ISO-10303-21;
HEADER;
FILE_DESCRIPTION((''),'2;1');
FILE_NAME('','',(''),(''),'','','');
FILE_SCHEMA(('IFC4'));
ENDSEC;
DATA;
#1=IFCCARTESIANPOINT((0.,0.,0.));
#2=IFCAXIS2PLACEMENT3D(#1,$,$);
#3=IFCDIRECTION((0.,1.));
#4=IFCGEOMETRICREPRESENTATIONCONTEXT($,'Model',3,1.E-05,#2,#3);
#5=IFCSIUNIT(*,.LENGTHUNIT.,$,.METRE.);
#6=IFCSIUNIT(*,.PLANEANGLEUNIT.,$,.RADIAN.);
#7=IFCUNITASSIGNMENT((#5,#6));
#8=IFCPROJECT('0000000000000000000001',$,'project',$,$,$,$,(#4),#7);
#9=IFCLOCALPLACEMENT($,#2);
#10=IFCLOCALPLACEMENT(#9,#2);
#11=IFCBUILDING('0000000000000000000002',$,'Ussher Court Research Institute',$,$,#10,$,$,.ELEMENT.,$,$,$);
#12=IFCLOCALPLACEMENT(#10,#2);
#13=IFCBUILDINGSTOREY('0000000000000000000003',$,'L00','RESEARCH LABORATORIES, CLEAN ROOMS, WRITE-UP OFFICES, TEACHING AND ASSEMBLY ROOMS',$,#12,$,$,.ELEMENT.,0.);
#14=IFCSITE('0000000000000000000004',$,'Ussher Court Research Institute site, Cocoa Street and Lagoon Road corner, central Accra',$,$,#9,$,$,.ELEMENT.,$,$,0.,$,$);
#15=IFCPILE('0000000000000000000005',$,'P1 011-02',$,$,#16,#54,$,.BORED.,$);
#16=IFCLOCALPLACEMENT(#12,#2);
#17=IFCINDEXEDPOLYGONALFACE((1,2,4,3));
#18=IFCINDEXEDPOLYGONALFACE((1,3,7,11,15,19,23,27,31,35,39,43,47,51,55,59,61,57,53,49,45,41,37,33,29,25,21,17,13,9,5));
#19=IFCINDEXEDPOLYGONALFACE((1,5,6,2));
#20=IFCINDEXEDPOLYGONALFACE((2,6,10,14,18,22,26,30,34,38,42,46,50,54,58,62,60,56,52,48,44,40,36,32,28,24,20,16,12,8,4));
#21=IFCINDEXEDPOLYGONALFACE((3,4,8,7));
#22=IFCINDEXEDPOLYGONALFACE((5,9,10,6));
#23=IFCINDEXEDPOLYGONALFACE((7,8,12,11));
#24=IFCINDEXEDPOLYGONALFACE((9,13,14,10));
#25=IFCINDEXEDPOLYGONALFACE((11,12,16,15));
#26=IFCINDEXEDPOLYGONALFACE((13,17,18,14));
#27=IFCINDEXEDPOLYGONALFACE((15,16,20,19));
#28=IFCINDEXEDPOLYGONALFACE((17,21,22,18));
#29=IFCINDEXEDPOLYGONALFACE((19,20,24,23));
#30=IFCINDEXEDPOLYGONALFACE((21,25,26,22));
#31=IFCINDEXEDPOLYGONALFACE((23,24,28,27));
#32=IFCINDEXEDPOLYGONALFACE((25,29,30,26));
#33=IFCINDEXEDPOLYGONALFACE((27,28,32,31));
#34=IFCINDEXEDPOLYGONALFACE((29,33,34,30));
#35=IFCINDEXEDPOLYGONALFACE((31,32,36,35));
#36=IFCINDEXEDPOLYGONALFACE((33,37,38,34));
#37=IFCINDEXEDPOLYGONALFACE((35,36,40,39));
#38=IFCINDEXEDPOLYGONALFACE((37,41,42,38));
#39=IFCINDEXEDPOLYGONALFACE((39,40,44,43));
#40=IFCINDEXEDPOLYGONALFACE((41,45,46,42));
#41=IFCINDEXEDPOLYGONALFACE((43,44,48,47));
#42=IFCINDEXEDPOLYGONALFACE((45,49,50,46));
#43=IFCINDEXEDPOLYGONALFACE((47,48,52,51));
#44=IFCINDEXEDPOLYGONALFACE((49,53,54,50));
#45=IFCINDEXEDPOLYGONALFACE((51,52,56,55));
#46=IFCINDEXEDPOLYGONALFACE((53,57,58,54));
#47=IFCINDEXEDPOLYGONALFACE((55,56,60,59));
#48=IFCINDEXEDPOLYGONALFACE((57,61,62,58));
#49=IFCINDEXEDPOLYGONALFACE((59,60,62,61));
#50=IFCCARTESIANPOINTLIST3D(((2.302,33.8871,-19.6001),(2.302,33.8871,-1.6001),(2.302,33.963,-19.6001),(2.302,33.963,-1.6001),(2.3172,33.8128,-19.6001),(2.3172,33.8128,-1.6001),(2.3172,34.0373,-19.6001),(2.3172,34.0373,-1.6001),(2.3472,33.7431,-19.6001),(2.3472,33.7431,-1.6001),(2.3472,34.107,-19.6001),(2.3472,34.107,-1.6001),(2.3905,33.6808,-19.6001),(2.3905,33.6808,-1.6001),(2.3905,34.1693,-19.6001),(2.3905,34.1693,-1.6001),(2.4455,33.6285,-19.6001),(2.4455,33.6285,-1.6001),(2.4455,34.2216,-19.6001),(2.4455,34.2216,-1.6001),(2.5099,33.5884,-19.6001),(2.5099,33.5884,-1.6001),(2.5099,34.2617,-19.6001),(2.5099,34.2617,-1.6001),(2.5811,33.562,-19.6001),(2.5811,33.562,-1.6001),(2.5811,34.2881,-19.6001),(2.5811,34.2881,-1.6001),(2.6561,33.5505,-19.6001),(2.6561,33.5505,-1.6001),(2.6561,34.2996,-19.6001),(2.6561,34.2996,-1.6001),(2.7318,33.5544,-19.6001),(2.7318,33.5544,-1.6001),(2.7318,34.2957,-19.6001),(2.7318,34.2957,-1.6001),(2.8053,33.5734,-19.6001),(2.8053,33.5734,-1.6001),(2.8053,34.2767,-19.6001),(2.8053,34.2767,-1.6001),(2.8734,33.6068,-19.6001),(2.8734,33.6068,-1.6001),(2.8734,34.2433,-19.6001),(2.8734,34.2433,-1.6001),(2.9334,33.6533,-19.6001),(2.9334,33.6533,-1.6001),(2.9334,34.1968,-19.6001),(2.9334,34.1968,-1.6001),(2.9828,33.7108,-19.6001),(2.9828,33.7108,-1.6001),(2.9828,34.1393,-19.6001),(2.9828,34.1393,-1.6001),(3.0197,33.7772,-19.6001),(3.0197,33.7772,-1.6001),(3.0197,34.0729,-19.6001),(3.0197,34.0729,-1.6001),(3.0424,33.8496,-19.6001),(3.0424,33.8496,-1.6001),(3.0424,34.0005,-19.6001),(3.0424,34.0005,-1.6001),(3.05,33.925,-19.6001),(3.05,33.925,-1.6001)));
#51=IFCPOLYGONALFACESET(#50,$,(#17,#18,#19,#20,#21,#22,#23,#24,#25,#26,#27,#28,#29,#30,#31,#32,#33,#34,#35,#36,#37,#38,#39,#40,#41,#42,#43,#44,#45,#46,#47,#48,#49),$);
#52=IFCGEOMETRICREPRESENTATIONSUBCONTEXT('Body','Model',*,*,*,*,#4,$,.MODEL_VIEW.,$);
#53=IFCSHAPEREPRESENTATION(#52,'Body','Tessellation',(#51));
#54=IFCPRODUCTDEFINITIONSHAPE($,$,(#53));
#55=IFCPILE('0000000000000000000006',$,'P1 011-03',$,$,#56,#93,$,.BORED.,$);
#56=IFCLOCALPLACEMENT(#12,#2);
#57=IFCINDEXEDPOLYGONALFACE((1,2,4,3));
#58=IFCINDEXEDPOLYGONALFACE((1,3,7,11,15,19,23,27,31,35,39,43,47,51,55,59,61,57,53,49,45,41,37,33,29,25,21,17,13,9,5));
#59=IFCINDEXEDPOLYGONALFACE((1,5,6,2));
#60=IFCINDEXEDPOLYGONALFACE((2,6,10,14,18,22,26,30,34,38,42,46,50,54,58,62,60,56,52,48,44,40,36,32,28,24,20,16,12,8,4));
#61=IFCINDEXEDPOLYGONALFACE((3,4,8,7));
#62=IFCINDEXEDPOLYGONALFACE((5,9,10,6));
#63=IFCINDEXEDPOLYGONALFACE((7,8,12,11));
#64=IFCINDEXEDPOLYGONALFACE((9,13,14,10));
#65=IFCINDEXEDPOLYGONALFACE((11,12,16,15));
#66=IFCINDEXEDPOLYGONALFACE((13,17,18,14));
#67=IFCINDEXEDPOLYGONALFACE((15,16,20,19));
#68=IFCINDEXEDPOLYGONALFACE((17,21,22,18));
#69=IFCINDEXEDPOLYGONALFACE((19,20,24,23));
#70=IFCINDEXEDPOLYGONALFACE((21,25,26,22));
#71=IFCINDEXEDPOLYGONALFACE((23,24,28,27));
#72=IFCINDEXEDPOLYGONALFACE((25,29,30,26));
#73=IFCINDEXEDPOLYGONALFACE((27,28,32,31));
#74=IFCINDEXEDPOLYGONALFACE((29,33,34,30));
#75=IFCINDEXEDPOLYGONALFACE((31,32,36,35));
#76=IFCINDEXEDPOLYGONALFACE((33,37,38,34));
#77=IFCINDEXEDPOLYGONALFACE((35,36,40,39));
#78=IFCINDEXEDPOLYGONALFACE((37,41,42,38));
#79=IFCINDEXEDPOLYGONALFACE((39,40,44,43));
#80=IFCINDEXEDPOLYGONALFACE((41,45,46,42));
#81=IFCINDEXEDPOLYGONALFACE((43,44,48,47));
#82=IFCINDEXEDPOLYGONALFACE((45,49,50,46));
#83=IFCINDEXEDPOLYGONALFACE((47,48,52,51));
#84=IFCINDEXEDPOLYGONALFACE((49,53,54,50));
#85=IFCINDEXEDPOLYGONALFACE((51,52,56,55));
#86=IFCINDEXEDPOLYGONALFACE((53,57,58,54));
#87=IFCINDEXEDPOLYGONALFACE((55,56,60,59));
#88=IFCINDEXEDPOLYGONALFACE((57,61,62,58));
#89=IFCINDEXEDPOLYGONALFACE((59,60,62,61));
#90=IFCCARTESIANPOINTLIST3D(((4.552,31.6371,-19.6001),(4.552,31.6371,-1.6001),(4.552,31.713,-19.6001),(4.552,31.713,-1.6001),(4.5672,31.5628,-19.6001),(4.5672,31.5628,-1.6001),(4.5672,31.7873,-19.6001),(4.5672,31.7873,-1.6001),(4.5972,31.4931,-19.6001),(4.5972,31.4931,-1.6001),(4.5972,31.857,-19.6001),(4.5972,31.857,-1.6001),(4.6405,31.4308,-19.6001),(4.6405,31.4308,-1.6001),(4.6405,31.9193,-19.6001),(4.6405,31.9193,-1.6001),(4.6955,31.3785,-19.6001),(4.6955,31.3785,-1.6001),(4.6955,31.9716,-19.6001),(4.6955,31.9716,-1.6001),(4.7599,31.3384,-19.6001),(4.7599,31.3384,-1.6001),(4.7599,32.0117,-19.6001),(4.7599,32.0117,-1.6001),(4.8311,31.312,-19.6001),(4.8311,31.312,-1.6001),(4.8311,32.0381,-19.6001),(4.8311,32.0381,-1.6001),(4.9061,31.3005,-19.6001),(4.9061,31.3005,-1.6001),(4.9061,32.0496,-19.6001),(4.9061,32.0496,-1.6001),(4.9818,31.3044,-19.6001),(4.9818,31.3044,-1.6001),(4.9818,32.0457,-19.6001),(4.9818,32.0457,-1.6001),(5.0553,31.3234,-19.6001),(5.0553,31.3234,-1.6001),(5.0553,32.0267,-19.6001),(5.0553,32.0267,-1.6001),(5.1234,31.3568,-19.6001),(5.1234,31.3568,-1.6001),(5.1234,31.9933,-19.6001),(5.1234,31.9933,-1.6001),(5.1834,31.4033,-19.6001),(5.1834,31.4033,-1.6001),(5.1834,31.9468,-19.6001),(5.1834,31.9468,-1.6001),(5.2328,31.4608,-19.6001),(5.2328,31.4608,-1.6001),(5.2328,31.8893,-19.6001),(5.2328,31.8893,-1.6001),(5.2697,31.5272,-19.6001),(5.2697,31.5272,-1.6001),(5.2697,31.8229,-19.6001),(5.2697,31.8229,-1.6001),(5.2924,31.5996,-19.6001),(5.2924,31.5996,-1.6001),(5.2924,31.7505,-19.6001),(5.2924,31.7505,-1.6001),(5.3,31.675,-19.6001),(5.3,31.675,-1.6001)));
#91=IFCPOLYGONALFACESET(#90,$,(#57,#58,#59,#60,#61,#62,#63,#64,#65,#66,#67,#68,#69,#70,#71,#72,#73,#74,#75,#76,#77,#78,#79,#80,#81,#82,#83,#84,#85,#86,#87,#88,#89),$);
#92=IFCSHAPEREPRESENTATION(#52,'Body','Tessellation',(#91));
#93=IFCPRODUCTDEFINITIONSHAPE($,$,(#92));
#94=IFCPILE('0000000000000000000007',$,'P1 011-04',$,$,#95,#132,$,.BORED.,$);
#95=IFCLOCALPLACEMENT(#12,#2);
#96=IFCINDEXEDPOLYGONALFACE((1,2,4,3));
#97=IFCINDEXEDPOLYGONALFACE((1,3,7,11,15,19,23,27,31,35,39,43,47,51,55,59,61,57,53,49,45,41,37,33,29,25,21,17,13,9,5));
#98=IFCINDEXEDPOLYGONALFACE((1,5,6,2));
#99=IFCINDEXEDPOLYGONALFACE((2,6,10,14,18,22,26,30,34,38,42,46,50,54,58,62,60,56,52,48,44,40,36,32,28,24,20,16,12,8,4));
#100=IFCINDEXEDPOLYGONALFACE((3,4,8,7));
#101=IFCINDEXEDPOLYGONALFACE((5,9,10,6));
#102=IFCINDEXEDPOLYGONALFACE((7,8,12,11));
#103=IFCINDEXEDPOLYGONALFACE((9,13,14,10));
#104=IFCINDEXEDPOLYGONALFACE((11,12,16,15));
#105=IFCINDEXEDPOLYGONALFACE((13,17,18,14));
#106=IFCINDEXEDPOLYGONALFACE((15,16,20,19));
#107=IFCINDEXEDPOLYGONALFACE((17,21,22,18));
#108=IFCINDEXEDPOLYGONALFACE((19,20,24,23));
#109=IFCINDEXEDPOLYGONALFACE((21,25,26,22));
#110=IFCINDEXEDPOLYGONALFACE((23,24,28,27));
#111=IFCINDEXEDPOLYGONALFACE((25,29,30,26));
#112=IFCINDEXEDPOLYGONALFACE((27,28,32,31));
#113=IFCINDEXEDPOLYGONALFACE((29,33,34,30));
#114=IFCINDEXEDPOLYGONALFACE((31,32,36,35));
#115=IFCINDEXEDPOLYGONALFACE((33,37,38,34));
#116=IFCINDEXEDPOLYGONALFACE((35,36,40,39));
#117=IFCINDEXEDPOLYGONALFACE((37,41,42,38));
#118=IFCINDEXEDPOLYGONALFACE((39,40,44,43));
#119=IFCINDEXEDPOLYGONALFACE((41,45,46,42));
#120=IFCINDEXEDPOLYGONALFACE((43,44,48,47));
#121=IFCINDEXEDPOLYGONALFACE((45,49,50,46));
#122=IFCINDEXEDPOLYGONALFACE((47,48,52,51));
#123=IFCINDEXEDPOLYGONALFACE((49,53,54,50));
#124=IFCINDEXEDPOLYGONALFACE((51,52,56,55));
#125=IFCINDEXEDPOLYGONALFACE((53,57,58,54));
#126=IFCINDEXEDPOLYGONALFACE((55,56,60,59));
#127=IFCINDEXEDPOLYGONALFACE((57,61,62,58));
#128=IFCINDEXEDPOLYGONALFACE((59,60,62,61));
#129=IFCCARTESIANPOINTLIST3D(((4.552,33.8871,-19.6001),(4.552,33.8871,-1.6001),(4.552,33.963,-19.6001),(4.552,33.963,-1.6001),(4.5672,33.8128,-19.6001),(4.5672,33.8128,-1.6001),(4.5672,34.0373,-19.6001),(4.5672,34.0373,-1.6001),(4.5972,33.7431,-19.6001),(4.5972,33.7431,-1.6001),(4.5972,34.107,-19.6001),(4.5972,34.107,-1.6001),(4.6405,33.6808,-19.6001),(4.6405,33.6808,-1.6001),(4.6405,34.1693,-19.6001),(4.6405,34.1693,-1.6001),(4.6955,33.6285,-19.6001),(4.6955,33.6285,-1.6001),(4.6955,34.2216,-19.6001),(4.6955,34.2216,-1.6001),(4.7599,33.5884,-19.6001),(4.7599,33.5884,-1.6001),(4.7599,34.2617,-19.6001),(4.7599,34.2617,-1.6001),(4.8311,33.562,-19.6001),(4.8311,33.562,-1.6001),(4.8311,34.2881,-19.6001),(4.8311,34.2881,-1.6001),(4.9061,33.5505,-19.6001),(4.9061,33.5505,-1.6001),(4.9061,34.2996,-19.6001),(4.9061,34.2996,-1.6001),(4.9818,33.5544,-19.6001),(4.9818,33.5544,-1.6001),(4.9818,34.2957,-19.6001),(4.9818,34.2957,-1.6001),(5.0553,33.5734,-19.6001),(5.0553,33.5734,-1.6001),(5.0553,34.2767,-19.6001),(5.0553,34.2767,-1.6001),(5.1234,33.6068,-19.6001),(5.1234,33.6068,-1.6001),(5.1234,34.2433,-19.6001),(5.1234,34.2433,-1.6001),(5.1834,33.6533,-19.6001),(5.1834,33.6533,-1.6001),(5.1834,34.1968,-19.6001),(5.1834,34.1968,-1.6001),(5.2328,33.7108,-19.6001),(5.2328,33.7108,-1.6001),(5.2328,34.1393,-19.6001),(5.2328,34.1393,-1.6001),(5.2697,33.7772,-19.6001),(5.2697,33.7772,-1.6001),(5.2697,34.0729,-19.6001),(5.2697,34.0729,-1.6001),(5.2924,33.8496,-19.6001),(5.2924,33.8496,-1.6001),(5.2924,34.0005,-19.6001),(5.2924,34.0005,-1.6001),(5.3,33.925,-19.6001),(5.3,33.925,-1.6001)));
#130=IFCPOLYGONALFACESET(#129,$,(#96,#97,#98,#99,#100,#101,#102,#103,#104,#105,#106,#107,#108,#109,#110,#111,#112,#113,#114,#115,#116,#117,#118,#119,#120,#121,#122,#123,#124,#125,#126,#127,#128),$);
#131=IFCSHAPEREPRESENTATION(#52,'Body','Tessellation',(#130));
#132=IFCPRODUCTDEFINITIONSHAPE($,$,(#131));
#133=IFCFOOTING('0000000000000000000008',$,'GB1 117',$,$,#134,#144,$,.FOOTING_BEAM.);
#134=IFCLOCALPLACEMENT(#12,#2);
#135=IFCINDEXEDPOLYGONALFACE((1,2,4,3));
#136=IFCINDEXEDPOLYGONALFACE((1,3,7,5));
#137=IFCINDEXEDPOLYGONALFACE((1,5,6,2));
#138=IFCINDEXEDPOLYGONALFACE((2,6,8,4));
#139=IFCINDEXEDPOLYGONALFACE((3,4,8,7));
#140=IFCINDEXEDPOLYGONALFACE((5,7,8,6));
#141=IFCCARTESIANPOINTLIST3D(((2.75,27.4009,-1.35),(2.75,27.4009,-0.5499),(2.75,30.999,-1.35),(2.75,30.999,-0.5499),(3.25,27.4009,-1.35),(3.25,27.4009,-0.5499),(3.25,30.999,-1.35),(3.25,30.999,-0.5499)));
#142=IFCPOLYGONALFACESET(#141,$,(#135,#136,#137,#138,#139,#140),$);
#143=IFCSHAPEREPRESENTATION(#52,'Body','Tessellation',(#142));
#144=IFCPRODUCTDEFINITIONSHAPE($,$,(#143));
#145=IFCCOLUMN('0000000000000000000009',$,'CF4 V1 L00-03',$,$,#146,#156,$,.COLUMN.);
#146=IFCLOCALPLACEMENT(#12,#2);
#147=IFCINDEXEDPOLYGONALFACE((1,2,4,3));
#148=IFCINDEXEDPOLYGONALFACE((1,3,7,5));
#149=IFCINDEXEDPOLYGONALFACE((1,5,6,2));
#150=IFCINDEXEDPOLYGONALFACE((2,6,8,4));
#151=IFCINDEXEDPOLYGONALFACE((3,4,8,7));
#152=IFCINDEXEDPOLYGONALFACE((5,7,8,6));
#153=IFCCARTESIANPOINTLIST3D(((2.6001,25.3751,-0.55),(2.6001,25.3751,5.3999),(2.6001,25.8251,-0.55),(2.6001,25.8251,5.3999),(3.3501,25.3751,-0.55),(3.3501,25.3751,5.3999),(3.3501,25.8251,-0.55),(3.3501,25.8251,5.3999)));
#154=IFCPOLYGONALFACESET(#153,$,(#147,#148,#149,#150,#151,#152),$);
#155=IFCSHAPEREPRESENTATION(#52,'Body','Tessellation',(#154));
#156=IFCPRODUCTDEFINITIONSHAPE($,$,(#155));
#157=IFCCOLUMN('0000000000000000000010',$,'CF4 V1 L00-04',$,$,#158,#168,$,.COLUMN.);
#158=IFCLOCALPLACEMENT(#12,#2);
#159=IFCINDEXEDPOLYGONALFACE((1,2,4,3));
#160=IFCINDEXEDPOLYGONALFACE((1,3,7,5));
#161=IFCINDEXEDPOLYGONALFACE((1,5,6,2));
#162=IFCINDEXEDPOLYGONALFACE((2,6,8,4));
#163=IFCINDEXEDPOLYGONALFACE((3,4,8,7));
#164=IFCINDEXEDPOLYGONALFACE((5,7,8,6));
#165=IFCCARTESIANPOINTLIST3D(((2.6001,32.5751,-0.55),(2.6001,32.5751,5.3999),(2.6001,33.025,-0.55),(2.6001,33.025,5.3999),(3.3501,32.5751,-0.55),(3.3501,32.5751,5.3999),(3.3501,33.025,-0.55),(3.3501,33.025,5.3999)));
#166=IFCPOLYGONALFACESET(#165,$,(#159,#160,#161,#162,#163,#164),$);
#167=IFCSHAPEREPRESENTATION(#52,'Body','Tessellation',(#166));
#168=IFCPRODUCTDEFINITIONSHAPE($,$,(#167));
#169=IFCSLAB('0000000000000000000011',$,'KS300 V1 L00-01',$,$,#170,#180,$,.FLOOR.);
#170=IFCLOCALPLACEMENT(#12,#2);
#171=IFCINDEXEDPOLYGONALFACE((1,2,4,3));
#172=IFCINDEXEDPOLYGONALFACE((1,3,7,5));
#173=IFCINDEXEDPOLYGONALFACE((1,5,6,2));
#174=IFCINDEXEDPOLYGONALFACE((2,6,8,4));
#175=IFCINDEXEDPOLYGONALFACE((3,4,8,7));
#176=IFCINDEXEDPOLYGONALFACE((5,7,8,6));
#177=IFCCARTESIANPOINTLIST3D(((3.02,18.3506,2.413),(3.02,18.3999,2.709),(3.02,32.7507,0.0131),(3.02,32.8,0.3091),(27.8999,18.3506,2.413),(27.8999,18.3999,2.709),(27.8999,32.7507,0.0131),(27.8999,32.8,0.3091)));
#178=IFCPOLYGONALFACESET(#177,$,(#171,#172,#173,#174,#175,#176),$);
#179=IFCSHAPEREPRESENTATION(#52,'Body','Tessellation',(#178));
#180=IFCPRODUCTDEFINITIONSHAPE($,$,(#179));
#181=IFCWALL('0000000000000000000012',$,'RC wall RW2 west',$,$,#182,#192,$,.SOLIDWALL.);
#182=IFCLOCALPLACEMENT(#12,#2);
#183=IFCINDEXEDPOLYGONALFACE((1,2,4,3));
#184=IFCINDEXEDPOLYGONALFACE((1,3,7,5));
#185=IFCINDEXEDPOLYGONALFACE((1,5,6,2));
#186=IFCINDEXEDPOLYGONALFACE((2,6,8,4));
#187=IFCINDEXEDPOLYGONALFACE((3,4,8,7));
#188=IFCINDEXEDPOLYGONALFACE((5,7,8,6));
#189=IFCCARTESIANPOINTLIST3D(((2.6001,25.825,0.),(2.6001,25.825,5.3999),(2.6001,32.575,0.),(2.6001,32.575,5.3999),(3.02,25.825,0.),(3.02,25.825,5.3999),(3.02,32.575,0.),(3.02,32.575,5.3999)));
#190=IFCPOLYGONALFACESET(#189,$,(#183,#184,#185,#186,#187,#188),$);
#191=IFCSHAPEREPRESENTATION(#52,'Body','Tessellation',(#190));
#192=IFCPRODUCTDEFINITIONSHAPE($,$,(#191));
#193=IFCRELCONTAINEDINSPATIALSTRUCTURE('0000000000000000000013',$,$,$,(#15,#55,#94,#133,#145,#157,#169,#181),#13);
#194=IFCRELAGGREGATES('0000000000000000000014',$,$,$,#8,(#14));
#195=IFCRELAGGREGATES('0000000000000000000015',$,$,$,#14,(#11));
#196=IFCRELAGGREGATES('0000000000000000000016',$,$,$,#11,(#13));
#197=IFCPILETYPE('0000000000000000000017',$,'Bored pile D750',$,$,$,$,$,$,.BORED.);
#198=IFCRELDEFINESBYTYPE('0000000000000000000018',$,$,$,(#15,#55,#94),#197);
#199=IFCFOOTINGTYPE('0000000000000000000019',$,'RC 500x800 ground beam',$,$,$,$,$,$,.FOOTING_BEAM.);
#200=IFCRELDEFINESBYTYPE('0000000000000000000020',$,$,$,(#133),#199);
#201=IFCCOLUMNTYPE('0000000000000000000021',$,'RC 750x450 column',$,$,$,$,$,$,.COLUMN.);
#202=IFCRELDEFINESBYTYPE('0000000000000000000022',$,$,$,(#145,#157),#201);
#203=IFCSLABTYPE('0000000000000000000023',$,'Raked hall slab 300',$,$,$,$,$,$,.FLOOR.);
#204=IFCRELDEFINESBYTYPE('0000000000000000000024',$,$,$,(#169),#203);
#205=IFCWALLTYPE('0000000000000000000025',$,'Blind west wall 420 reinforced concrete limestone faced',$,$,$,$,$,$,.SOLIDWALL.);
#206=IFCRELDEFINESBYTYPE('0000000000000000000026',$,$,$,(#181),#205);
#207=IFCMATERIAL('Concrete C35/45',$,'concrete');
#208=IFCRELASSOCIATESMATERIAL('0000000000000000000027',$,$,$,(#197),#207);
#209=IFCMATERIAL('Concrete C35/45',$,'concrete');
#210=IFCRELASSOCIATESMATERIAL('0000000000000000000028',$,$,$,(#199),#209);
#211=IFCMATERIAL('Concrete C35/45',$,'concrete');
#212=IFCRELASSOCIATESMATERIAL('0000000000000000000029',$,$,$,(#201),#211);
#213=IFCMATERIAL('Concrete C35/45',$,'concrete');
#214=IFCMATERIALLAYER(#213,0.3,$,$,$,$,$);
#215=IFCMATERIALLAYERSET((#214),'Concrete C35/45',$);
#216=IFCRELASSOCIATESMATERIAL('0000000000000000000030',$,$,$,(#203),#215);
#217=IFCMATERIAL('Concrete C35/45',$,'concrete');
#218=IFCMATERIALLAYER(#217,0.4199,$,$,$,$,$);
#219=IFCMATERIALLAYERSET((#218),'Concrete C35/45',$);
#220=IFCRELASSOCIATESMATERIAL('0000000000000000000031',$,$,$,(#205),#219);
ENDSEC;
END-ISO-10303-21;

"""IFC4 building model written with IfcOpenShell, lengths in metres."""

from ifc_helpers import new_model, si_unit, direction, frame, frame_2d, origin, origin_2d, place, context, subcontext, project, spatial, polyline, rectangle, circle, outline, extrude, material, layer, layer_set, material_profile, profile_set, type_object, element, save


model = new_model("IFC4")

# Units and contexts
model_context = context("Model", 3, precision=1e-05, world=origin(), true_north=direction((0.0, 1.0)))
body_context = subcontext(model_context, "Body", "Model", "MODEL_VIEW")
ifc_project = project(units=[si_unit("LENGTHUNIT", "METRE"), si_unit("PLANEANGLEUNIT", "RADIAN")], contexts=[model_context])

# Site, building, storey
site_placement = place(None, origin())
site = spatial("IfcSite", under=ifc_project, at=site_placement, Name="Ussher Court Research Institute site, Cocoa Street and Lagoon Road corner, central Accra", CompositionType="ELEMENT", RefElevation=0.0)
building_placement = place(site_placement, origin())
building = spatial("IfcBuilding", under=site, at=building_placement, Name="Ussher Court Research Institute", CompositionType="ELEMENT")
storey_placement = place(building_placement, origin())
storey = spatial("IfcBuildingStorey", under=building, at=storey_placement, Name="L00", Description="RESEARCH LABORATORIES, CLEAN ROOMS, WRITE-UP OFFICES, TEACHING AND ASSEMBLY ROOMS", CompositionType="ELEMENT", Elevation=0.0)

# Piles
ifc_material_1 = material(Name="Concrete C35/45", Category="concrete")
ifc_material_profile_1 = material_profile(ifc_material_1, circle(Radius=0.375, at=origin_2d()), Name="RC D750")
ifc_profile_set_1 = profile_set([ifc_material_profile_1], Name="Concrete C35/45")
pile_type = type_object("IfcPileType", Name="Bored pile D750", PredefinedType="BORED", material=ifc_profile_set_1)
for number, where, z_axis, x_axis, name in (
    (1, (2.675, 33.925, -1.6001), (0.0, 0.0, -1.0), (1.0, 0.0, 0.0), "P1 011-02"),
    (2, (4.925, 31.675, -1.6001), (0.0, 0.0, -1.0), (1.0, 0.0, 0.0), "P1 011-03"),
    (3, (4.925, 33.925, -1.6001), (0.0, 0.0, -1.0), (1.0, 0.0, 0.0), "P1 011-04"),
):
    element("IfcPile", number, at=place(storey_placement, frame(where, z_axis=z_axis, x_axis=x_axis)), inside=storey, type_object=pile_type, Name=name, PredefinedType="BORED", context=body_context, shape_type="SweptSolid", body=[
        extrude(circle(Radius=0.375, at=origin_2d()), origin(), (0.0, 0.0, 1.0), 18.0),
    ])

# Footing
ifc_material_2 = material(Name="Concrete C35/45", Category="concrete")
ifc_material_profile_2 = material_profile(ifc_material_2, rectangle(XDim=0.5, YDim=0.8, at=origin_2d()), Name="RC 500x800")
ifc_profile_set_2 = profile_set([ifc_material_profile_2], Name="Concrete C35/45")
footing_type = type_object("IfcFootingType", Name="RC 500x800 ground beam", PredefinedType="FOOTING_BEAM", material=ifc_profile_set_2)
footing_placement = place(storey_placement, frame((3.0, 27.4009, -0.95), z_axis=(0.0, 1.0, 0.0), x_axis=(-1.0, 0.0, 0.0)))
element("IfcFooting", 4, at=footing_placement, inside=storey, type_object=footing_type, Name="GB1 117", PredefinedType="FOOTING_BEAM", context=body_context, shape_type="SweptSolid", body=[
    extrude(rectangle(XDim=0.5, YDim=0.8, at=origin_2d()), origin(), (0.0, 0.0, 1.0), 3.5981),
])

# Columns
ifc_material_3 = material(Name="Concrete C35/45", Category="concrete")
ifc_material_profile_3 = material_profile(ifc_material_3, rectangle(XDim=0.75, YDim=0.45, at=origin_2d()), Name="RC 750x450")
ifc_profile_set_3 = profile_set([ifc_material_profile_3], Name="Concrete C35/45")
column_type = type_object("IfcColumnType", Name="RC 750x450 column", PredefinedType="COLUMN", material=ifc_profile_set_3)
for number, where, z_axis, x_axis, name in (
    (5, (2.9751, 25.6001, -0.55), (0.0, 0.0, 1.0), (1.0, 0.0, 0.0), "CF4 V1 L00-03"),
    (6, (2.9751, 32.8, -0.55), (0.0, 0.0, 1.0), (1.0, 0.0, 0.0), "CF4 V1 L00-04"),
):
    element("IfcColumn", number, at=place(storey_placement, frame(where, z_axis=z_axis, x_axis=x_axis)), inside=storey, type_object=column_type, Name=name, PredefinedType="COLUMN", context=body_context, shape_type="SweptSolid", body=[
        extrude(rectangle(XDim=0.75, YDim=0.45, at=origin_2d()), origin(), (0.0, 0.0, 1.0), 5.95),
    ])

# Slab
ifc_material_4 = material(Name="Concrete C35/45", Category="concrete")
ifc_layer_1 = layer(ifc_material_4, 0.3)
ifc_layer_set_1 = layer_set([ifc_layer_1], Name="Concrete C35/45")
slab_type = type_object("IfcSlabType", Name="Raked hall slab 300", PredefinedType="FLOOR", material=ifc_layer_set_1)
slab_placement = place(storey_placement, frame((3.02, 32.8, 0.3091), z_axis=(0.0, 0.164391, 0.986395), x_axis=(1.0, 0.0, 0.0)))
element("IfcSlab", 7, at=slab_placement, inside=storey, type_object=slab_type, Name="KS300 V1 L00-01", PredefinedType="FLOOR", context=body_context, shape_type="SweptSolid", body=[
    extrude(outline(polyline([(0.0, 0.0), (24.8799, 0.0), (24.8799, -14.5988), (0.0, -14.5988), (0.0, 0.0)])), origin(), (0.0, 0.0, -1.0), 0.3),
])

# Wall
ifc_material_5 = material(Name="Concrete C35/45", Category="concrete")
ifc_layer_2 = layer(ifc_material_5, 0.4199)
ifc_layer_set_2 = layer_set([ifc_layer_2], Name="Concrete C35/45")
wall_type_1 = type_object("IfcWallType", Name="Blind west wall 420 reinforced concrete limestone faced", PredefinedType="SOLIDWALL", material=ifc_layer_set_2)
wall_1_placement = place(storey_placement, frame((2.8101, 25.825, 0.0), z_axis=(0.0, 0.0, 1.0), x_axis=(0.0, 1.0, 0.0)))
element("IfcWall", 8, at=wall_1_placement, inside=storey, type_object=wall_type_1, Name="RC wall RW2 west", PredefinedType="SOLIDWALL", context=body_context, shape_type="SweptSolid", body=[
    extrude(rectangle(XDim=6.75, YDim=0.4199, at=frame_2d((3.375, 0.0))), origin(), (0.0, 0.0, 1.0), 5.3999),
])

save(model, "model.ifc")
